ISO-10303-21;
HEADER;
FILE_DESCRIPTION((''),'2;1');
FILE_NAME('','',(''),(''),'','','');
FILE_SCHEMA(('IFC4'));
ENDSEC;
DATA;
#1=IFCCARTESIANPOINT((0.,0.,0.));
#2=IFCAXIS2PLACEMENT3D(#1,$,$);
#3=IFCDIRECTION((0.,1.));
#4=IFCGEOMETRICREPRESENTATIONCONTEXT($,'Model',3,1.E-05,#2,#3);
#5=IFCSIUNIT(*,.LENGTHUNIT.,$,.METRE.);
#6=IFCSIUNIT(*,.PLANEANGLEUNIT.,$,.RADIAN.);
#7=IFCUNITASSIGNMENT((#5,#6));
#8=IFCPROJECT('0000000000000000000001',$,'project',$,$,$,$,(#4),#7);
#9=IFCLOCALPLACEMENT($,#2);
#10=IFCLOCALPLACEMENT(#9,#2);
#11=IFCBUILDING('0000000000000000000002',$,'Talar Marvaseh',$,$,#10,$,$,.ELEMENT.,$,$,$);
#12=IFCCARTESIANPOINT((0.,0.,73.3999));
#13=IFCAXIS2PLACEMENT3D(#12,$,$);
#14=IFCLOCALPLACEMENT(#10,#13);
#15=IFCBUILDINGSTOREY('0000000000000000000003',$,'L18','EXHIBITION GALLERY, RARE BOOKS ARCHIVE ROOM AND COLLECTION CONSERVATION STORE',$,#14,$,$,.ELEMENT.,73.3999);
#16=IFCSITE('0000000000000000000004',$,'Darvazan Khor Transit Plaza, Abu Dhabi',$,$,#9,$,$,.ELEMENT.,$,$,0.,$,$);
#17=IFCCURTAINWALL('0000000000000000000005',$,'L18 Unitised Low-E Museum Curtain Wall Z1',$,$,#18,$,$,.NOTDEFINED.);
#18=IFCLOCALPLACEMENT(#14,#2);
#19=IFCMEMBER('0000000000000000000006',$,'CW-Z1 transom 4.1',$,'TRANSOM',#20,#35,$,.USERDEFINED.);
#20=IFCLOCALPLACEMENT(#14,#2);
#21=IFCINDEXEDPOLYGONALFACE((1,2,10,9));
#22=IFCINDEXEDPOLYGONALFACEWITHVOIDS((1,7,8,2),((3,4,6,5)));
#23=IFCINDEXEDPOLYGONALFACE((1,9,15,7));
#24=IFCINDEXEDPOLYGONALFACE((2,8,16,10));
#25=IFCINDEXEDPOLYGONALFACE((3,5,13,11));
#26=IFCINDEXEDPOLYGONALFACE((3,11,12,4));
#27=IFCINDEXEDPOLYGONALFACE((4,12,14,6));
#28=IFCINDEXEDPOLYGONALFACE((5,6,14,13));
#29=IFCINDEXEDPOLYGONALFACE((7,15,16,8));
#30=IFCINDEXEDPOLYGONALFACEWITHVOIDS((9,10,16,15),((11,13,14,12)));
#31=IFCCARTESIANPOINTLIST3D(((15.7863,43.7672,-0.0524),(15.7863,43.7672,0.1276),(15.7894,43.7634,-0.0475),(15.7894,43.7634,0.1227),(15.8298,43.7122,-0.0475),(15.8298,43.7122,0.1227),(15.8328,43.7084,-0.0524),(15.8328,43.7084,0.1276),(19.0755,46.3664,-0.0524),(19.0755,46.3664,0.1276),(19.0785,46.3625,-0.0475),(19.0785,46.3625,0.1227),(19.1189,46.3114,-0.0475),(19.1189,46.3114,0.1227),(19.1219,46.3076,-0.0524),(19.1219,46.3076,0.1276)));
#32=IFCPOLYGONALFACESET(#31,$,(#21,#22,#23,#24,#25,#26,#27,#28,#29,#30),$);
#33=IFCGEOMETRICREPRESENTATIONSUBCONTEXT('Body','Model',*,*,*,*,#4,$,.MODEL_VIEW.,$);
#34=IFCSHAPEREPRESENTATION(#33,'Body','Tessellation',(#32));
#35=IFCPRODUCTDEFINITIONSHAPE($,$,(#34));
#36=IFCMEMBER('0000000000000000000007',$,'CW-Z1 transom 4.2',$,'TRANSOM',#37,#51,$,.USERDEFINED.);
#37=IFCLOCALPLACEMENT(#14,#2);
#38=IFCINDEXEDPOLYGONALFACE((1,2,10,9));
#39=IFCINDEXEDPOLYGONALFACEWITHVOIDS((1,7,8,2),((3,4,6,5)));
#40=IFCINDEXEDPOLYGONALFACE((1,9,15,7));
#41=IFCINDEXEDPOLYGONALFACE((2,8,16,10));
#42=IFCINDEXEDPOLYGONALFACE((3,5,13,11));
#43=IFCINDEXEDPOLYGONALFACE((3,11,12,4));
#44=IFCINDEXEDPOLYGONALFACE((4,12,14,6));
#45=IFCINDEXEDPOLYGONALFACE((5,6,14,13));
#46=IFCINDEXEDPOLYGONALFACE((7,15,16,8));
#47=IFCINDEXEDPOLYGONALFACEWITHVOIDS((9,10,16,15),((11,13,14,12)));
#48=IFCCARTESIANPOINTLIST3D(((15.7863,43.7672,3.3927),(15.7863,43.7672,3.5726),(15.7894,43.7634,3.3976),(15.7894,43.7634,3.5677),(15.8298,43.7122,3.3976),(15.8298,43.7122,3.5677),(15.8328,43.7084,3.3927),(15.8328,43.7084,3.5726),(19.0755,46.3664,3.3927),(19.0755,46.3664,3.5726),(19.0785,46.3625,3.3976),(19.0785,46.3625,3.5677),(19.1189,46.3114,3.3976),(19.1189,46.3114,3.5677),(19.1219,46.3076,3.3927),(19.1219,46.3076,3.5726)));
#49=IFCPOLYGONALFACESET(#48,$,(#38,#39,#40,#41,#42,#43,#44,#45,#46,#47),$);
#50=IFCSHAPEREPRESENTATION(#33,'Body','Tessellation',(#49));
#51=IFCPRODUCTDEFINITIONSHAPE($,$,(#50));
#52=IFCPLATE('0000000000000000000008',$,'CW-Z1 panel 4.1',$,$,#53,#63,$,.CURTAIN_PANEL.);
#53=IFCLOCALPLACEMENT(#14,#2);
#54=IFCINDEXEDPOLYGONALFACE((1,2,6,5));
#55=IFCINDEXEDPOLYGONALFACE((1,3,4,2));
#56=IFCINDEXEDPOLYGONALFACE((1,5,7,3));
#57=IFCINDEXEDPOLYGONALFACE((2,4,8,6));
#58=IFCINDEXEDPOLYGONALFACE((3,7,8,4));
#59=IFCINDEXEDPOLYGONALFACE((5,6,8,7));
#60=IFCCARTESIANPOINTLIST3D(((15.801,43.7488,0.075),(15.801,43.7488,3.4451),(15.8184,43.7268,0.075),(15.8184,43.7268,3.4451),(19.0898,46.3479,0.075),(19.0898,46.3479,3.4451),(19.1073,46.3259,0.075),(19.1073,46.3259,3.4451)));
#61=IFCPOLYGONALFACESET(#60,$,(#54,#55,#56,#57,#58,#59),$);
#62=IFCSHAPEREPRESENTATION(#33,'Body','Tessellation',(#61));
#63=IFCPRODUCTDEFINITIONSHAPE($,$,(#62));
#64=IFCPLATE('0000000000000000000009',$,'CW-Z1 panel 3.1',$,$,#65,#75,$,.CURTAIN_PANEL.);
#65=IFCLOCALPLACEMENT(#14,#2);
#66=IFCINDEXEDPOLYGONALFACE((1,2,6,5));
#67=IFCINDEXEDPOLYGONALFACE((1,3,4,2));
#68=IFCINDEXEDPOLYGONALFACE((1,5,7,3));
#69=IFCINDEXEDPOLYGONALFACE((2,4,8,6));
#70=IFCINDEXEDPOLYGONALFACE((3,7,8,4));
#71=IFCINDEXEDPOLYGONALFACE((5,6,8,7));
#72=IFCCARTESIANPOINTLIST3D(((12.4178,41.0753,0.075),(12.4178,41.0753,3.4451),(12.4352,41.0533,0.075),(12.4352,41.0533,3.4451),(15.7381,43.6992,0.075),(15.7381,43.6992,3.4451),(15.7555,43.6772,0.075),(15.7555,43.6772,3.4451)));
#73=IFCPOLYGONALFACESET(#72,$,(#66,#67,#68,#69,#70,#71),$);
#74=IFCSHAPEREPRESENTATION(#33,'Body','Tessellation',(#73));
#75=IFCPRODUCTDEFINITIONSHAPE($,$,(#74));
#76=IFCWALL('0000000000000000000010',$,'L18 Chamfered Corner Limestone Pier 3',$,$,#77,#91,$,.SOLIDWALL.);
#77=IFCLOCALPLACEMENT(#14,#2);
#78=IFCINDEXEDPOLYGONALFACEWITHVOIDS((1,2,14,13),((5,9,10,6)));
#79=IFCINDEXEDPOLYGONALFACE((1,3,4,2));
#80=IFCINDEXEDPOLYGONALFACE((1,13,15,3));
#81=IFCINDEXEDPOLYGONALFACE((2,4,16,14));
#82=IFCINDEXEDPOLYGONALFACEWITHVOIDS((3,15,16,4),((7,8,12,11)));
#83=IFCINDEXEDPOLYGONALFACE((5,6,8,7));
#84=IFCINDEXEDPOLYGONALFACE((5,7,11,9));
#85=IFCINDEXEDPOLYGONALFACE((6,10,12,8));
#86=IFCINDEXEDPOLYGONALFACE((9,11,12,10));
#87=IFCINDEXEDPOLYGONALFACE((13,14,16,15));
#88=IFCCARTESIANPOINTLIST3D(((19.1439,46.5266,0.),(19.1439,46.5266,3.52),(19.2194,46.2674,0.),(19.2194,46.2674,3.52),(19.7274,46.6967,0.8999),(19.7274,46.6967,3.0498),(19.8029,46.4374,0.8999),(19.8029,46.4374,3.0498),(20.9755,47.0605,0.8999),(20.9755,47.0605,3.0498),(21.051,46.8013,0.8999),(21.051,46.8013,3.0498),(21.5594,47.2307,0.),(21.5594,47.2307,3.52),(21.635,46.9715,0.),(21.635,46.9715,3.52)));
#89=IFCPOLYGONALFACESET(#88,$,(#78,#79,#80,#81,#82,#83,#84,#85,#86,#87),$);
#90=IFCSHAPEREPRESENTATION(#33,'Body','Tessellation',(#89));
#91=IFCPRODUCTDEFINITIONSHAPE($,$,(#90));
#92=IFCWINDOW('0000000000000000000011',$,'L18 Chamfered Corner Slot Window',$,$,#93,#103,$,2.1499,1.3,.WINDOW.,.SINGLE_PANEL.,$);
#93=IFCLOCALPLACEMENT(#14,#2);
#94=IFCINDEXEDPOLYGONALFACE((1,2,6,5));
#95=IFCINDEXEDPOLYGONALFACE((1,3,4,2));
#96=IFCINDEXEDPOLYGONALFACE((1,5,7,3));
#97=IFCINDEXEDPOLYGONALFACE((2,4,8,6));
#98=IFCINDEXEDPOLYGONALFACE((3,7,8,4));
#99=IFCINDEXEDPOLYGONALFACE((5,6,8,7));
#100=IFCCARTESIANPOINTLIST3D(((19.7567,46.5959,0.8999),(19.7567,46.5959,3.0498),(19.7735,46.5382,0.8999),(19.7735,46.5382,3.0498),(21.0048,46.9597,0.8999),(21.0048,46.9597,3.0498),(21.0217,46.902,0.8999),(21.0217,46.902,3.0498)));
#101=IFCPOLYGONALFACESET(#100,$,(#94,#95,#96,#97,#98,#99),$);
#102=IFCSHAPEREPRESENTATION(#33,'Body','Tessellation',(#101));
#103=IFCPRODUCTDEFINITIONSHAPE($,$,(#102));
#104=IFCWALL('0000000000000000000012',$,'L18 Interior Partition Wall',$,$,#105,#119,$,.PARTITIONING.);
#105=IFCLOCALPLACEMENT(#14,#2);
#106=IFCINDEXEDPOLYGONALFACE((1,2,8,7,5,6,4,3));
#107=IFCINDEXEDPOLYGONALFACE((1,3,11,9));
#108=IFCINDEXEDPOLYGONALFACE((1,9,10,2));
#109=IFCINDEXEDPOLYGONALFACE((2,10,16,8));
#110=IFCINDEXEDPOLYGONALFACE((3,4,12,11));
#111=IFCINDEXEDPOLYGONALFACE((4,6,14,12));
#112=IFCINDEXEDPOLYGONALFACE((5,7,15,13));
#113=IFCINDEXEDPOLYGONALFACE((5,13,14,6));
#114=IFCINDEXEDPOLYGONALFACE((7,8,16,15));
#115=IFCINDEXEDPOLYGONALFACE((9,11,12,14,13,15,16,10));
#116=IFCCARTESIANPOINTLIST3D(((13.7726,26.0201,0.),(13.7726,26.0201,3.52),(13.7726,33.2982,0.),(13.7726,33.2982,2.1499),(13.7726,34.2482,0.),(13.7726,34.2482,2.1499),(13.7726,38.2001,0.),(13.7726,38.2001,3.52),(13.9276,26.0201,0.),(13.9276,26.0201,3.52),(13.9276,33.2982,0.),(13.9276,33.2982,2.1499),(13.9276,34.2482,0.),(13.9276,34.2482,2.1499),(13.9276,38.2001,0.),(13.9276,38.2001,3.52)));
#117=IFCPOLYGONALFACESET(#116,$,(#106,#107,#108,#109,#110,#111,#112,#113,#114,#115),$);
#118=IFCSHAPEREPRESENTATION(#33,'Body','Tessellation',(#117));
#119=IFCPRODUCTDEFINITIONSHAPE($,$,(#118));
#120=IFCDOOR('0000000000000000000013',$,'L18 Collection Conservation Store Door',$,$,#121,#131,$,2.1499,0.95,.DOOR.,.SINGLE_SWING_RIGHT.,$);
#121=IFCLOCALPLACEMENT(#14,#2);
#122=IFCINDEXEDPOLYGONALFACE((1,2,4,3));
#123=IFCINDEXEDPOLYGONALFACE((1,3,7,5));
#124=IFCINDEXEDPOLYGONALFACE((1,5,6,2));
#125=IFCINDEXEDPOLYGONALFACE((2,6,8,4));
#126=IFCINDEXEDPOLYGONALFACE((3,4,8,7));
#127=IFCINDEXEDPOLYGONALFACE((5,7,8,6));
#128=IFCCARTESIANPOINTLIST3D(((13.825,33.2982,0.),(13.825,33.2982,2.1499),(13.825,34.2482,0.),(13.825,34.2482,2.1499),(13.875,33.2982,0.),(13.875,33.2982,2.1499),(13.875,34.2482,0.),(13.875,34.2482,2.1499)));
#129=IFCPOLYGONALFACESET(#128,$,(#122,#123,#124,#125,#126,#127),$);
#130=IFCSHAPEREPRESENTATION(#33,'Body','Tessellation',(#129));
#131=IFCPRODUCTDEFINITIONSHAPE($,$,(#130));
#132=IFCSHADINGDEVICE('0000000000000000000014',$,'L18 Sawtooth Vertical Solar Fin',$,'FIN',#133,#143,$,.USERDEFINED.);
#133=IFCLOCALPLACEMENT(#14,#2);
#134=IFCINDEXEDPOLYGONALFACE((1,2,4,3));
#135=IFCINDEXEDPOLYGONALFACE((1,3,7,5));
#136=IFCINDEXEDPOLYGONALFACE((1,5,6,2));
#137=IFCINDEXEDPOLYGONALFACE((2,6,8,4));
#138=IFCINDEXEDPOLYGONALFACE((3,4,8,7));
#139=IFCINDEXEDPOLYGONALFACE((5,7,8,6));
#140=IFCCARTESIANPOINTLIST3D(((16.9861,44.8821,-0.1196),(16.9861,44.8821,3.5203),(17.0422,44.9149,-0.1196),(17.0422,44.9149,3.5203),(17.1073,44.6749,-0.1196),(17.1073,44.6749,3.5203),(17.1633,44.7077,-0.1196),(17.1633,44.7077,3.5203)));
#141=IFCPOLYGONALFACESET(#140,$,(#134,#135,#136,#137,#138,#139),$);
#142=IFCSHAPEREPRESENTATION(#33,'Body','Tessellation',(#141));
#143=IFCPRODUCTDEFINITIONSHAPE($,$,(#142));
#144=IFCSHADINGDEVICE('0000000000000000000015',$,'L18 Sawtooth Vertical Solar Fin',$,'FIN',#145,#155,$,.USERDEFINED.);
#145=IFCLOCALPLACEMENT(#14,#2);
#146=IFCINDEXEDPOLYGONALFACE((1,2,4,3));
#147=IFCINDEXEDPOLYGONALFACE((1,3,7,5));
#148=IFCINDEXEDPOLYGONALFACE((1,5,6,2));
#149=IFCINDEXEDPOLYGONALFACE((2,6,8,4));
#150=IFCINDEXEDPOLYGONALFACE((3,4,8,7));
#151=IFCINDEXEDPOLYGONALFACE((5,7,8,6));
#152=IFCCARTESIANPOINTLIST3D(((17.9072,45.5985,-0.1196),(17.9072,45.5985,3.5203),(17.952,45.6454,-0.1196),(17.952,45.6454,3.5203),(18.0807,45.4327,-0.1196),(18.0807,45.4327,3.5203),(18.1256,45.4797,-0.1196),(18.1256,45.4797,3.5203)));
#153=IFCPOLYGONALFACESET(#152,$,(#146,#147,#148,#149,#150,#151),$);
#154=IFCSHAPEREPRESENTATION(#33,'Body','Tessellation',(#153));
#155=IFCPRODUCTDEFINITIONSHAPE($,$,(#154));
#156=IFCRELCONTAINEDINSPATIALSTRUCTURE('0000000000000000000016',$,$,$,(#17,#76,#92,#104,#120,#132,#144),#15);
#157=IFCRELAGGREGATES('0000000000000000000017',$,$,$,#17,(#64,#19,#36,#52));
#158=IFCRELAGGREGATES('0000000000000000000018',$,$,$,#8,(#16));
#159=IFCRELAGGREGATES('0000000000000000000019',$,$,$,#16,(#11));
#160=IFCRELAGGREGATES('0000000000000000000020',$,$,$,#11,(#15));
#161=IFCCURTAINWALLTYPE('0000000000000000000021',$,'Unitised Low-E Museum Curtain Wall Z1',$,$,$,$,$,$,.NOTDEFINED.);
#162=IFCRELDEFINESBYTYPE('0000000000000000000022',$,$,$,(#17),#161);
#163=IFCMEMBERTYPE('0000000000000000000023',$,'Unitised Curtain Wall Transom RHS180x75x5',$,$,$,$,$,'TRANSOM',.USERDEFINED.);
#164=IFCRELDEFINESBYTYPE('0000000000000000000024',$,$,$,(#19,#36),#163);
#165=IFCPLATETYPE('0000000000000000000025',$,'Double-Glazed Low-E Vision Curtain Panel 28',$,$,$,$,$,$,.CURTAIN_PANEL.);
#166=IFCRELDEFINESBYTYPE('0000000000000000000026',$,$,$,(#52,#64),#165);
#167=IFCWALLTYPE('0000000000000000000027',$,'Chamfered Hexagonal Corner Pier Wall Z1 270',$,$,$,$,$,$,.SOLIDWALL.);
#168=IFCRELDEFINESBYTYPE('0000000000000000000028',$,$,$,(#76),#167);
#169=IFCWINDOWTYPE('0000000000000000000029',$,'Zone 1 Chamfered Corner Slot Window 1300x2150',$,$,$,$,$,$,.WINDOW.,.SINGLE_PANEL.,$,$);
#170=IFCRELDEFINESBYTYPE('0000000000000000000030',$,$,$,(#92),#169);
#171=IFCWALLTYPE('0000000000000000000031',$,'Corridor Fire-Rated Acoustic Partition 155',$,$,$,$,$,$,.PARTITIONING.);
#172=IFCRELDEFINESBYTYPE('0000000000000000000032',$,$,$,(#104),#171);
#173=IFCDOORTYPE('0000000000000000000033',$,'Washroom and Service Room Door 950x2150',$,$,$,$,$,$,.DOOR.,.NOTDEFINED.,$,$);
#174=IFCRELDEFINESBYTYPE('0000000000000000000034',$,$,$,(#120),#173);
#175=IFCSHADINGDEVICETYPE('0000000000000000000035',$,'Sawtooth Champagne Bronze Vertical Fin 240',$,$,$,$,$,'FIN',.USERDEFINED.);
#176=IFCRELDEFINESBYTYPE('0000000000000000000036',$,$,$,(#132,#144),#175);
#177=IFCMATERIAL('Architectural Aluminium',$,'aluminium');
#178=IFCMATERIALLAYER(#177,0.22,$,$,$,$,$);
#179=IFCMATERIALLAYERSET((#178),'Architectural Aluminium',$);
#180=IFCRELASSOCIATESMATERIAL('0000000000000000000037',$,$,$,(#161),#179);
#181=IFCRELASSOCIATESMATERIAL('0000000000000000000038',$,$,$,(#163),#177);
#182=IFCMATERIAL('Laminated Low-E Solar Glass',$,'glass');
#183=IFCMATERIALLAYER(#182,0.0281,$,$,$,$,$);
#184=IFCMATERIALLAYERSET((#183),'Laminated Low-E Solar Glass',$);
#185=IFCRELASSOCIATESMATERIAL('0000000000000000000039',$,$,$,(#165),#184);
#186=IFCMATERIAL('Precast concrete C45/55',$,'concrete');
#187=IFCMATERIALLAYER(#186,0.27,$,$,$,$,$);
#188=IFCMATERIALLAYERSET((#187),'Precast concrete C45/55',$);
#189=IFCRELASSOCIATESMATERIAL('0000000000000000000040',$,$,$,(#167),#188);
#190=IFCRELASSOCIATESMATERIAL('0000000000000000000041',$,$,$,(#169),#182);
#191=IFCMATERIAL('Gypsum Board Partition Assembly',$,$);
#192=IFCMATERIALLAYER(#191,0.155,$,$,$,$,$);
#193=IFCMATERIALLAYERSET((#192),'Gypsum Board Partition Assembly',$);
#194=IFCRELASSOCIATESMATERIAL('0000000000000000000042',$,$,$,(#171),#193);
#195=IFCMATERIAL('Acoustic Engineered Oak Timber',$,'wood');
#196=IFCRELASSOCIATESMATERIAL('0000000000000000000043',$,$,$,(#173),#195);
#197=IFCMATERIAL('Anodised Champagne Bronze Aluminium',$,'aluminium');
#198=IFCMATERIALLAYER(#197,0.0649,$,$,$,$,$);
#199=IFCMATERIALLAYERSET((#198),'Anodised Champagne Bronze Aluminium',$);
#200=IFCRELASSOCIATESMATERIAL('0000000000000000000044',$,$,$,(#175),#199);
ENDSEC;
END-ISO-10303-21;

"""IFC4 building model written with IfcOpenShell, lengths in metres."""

from ifc_helpers import new_model, si_unit, direction, frame, frame_2d, origin, origin_2d, place, context, subcontext, project, spatial, rectangle, hollow_rectangle, extrude, source, transform, mapped, material, layer, layer_set, material_profile, profile_set, type_object, type_shapes, element, fill, aggregate, save


model = new_model("IFC4")

# Units and contexts
model_context = context("Model", 3, precision=1e-05, world=origin(), true_north=direction((0.0, 1.0)))
body_context = subcontext(model_context, "Body", "Model", "MODEL_VIEW")
ifc_project = project(units=[si_unit("LENGTHUNIT", "METRE"), si_unit("PLANEANGLEUNIT", "RADIAN")], contexts=[model_context])

# Site, building, storey
site_placement = place(None, origin())
site = spatial("IfcSite", under=ifc_project, at=site_placement, Name="Darvazan Khor Transit Plaza, Abu Dhabi", CompositionType="ELEMENT", RefElevation=0.0)
building_placement = place(site_placement, origin())
building = spatial("IfcBuilding", under=site, at=building_placement, Name="Talar Marvaseh", CompositionType="ELEMENT")
storey_placement = place(building_placement, frame((0.0, 0.0, 73.3999)))
storey = spatial("IfcBuildingStorey", under=building, at=storey_placement, Name="L18", Description="EXHIBITION GALLERY, RARE BOOKS ARCHIVE ROOM AND COLLECTION CONSERVATION STORE", CompositionType="ELEMENT", Elevation=73.3999)

# Curtain wall, members, plates
ifc_material_1 = material(Name="Architectural Aluminium", Category="aluminium")
ifc_layer_1 = layer(ifc_material_1, 0.22)
ifc_layer_set_1 = layer_set([ifc_layer_1], Name="Architectural Aluminium")
curtain_wall_type = type_object("IfcCurtainWallType", Name="Unitised Low-E Museum Curtain Wall Z1", PredefinedType="NOTDEFINED", material=ifc_layer_set_1)
curtain_wall_placement = place(storey_placement, origin())
curtain_wall = element("IfcCurtainWall", 1, at=curtain_wall_placement, inside=storey, type_object=curtain_wall_type, Name="L18 Unitised Low-E Museum Curtain Wall Z1", PredefinedType="NOTDEFINED")
ifc_material_profile_1 = material_profile(ifc_material_1, hollow_rectangle(XDim=0.075, YDim=0.1799, WallThickness=0.0049, at=origin_2d()), Name="RHS180x75x5")
ifc_profile_set_1 = profile_set([ifc_material_profile_1], Name="Architectural Aluminium")
member_type_1 = type_object("IfcMemberType", Name="Unitised Curtain Wall Transom RHS180x75x5", ElementType="TRANSOM", PredefinedType="USERDEFINED", material=ifc_profile_set_1)
shared_shape_1 = source(origin(), body_context, "Body", "SweptSolid", [
    extrude(hollow_rectangle(XDim=0.075, YDim=0.1799, WallThickness=0.0049, at=origin_2d()), origin(), (0.0, 0.0, 1.0), 4.1921),
])
type_shapes(member_type_1, [shared_shape_1])
member_1_placement = place(storey_placement, frame((15.8096, 43.7378, 0.0376), z_axis=(0.784593, 0.620011, 0.0), x_axis=(-0.620011, 0.784593, 0.0)))
member_1 = element("IfcMember", 2, at=member_1_placement, type_object=member_type_1, Name="CW-Z1 transom 4.1", ObjectType="TRANSOM", PredefinedType="USERDEFINED", context=body_context, shape_type="MappedRepresentation", body=[
    mapped(shared_shape_1, transform((0.0, 0.0, 0.0), x_axis=(1.0, 0.0, 0.0), y_axis=(0.0, 1.0, 0.0), z_axis=(0.0, 0.0, 1.0), scale=1.0)),
])
member_2_placement = place(storey_placement, frame((15.8096, 43.7378, 3.4827), z_axis=(0.784593, 0.620011, 0.0), x_axis=(-0.620011, 0.784593, 0.0)))
member_2 = element("IfcMember", 3, at=member_2_placement, type_object=member_type_1, Name="CW-Z1 transom 4.2", ObjectType="TRANSOM", PredefinedType="USERDEFINED", context=body_context, shape_type="MappedRepresentation", body=[
    mapped(shared_shape_1, transform((0.0, 0.0, 0.0), x_axis=(1.0, 0.0, 0.0), y_axis=(0.0, 1.0, 0.0), z_axis=(0.0, 0.0, 1.0), scale=1.0)),
])
ifc_material_2 = material(Name="Laminated Low-E Solar Glass", Category="glass")
ifc_layer_2 = layer(ifc_material_2, 0.0281)
ifc_layer_set_2 = layer_set([ifc_layer_2], Name="Laminated Low-E Solar Glass")
plate_type = type_object("IfcPlateType", Name="Double-Glazed Low-E Vision Curtain Panel 28", PredefinedType="CURTAIN_PANEL", material=ifc_layer_set_2)
shared_shape_2 = source(origin(), body_context, "Body", "SweptSolid", [
    extrude(rectangle(XDim=4.1919, YDim=0.0281, at=origin_2d()), origin(), (0.0, 0.0, 1.0), 3.3701),
])
plate_1_placement = place(storey_placement, frame((17.4541, 45.0374, 0.075), z_axis=(0.0, 0.0, 1.0), x_axis=(0.784584, 0.620022, 0.0)))
plate_1 = element("IfcPlate", 4, at=plate_1_placement, type_object=plate_type, Name="CW-Z1 panel 4.1", PredefinedType="CURTAIN_PANEL", context=body_context, shape_type="MappedRepresentation", body=[
    mapped(shared_shape_2, transform((0.0, 0.0, 0.0), x_axis=(1.0, 0.0, 0.0), y_axis=(0.0, 1.0, 0.0), z_axis=(0.0, 0.0, 1.0), scale=1.0)),
])
shared_shape_3 = source(origin(), body_context, "Body", "SweptSolid", [
    extrude(rectangle(XDim=4.2319, YDim=0.0281, at=origin_2d()), origin(), (0.0, 0.0, 1.0), 3.3701),
])
type_shapes(plate_type, [shared_shape_2, shared_shape_3])
plate_2_placement = place(storey_placement, frame((14.0867, 42.3762, 0.075), z_axis=(0.0, 0.0, 1.0), x_axis=(0.784584, 0.620022, 0.0)))
plate_2 = element("IfcPlate", 5, at=plate_2_placement, type_object=plate_type, Name="CW-Z1 panel 3.1", PredefinedType="CURTAIN_PANEL", context=body_context, shape_type="MappedRepresentation", body=[
    mapped(shared_shape_3, transform((0.0, 0.0, 0.0), x_axis=(1.0, 0.0, 0.0), y_axis=(0.0, 1.0, 0.0), z_axis=(0.0, 0.0, 1.0), scale=1.0)),
])
aggregate(curtain_wall, [plate_2, member_1, member_2, plate_1])

# Wall, opening, window
ifc_material_3 = material(Name="Precast concrete C45/55", Category="concrete")
ifc_layer_3 = layer(ifc_material_3, 0.27)
ifc_layer_set_3 = layer_set([ifc_layer_3], Name="Precast concrete C45/55")
wall_type_1 = type_object("IfcWallType", Name="Chamfered Hexagonal Corner Pier Wall Z1 270", PredefinedType="SOLIDWALL", material=ifc_layer_set_3)
wall_1_placement = place(storey_placement, frame((19.1816, 46.397, 0.0), z_axis=(0.0, 0.0, 1.0), x_axis=(0.960046, 0.279844, 0.0)))
wall_1 = element("IfcWall", 6, at=wall_1_placement, inside=storey, type_object=wall_type_1, Name="L18 Chamfered Corner Limestone Pier 3", PredefinedType="SOLIDWALL", context=body_context, shape_type="SweptSolid", body=[
    extrude(rectangle(XDim=2.5161, YDim=0.27, at=frame_2d((1.2581, 0.0))), origin(), (0.0, 0.0, 1.0), 3.52),
])
opening_1_placement = place(wall_1_placement, frame((0.6079, 0.0, 0.8999)))
opening_1 = element("IfcOpeningElement", 7, at=opening_1_placement, cuts=wall_1, PredefinedType="OPENING", context=body_context, shape_type="SweptSolid", body=[
    extrude(rectangle(XDim=1.3, YDim=2.1499, at=frame_2d((0.6499, 1.075))), frame((0.0, 0.145, 0.0), z_axis=(0.0, -1.0, 0.0), x_axis=(1.0, 0.0, 0.0)), (0.0, 0.0, 1.0), 0.29),
])
window_type = type_object("IfcWindowType", Name="Zone 1 Chamfered Corner Slot Window 1300x2150", PartitioningType="SINGLE_PANEL", PredefinedType="WINDOW", material=ifc_material_2)
shared_shape_4 = source(origin(), body_context, "Body", "SweptSolid", [
    extrude(rectangle(XDim=1.3, YDim=2.1499, at=frame_2d((0.6499, 1.075))), frame((0.0, 0.03, 0.0), z_axis=(0.0, -1.0, 0.0), x_axis=(1.0, 0.0, 0.0)), (0.0, 0.0, 1.0), 0.0601),
])
type_shapes(window_type, [shared_shape_4])
window_placement = place(opening_1_placement, origin())
window = element("IfcWindow", 8, at=window_placement, inside=storey, type_object=window_type, Name="L18 Chamfered Corner Slot Window", OverallHeight=2.1499, OverallWidth=1.3, PartitioningType="SINGLE_PANEL", PredefinedType="WINDOW", context=body_context, shape_type="MappedRepresentation", body=[
    mapped(shared_shape_4, transform((0.0, 0.0, 0.0), x_axis=(1.0, 0.0, 0.0), y_axis=(0.0, 1.0, 0.0), z_axis=(0.0, 0.0, 1.0), scale=1.0)),
])
fill(opening_1, window)

# Wall, opening, door
ifc_material_4 = material(Name="Gypsum Board Partition Assembly")
ifc_layer_4 = layer(ifc_material_4, 0.155)
ifc_layer_set_4 = layer_set([ifc_layer_4], Name="Gypsum Board Partition Assembly")
wall_type_2 = type_object("IfcWallType", Name="Corridor Fire-Rated Acoustic Partition 155", PredefinedType="PARTITIONING", material=ifc_layer_set_4)
wall_2_placement = place(storey_placement, frame((13.8501, 38.2, 0.0), z_axis=(0.0, 0.0, 1.0), x_axis=(0.0, -1.0, 0.0)))
wall_2 = element("IfcWall", 9, at=wall_2_placement, inside=storey, type_object=wall_type_2, Name="L18 Interior Partition Wall", PredefinedType="PARTITIONING", context=body_context, shape_type="SweptSolid", body=[
    extrude(rectangle(XDim=12.1799, YDim=0.155, at=frame_2d((6.0898, 0.0))), origin(), (0.0, 0.0, 1.0), 3.52),
])
opening_2_placement = place(wall_2_placement, frame((3.9517, 0.0, 0.0)))
opening_2 = element("IfcOpeningElement", 10, at=opening_2_placement, cuts=wall_2, PredefinedType="OPENING", context=body_context, shape_type="SweptSolid", body=[
    extrude(rectangle(XDim=0.95, YDim=2.1499, at=frame_2d((0.4751, 1.075))), frame((0.0, 0.0874, 0.0), z_axis=(0.0, -1.0, 0.0), x_axis=(1.0, 0.0, 0.0)), (0.0, 0.0, 1.0), 0.175),
])
ifc_material_5 = material(Name="Acoustic Engineered Oak Timber", Category="wood")
door_type = type_object("IfcDoorType", Name="Washroom and Service Room Door 950x2150", OperationType="NOTDEFINED", PredefinedType="DOOR", material=ifc_material_5)
shared_shape_5 = source(origin(), body_context, "Body", "SweptSolid", [
    extrude(rectangle(XDim=0.95, YDim=2.1499, at=frame_2d((0.4751, 1.075))), frame((0.0, 0.0249, 0.0), z_axis=(0.0, -1.0, 0.0), x_axis=(1.0, 0.0, 0.0)), (0.0, 0.0, 1.0), 0.05),
])
type_shapes(door_type, [shared_shape_5])
door_placement = place(opening_2_placement, origin())
door = element("IfcDoor", 11, at=door_placement, inside=storey, type_object=door_type, Name="L18 Collection Conservation Store Door", OperationType="SINGLE_SWING_RIGHT", OverallHeight=2.1499, OverallWidth=0.95, PredefinedType="DOOR", context=body_context, shape_type="MappedRepresentation", body=[
    mapped(shared_shape_5, transform((0.0, 0.0, 0.0), x_axis=(1.0, 0.0, 0.0), y_axis=(0.0, 1.0, 0.0), z_axis=(0.0, 0.0, 1.0), scale=1.0)),
])
fill(opening_2, door)

# Shading devices
ifc_material_6 = material(Name="Anodised Champagne Bronze Aluminium", Category="aluminium")
ifc_layer_5 = layer(ifc_material_6, 0.0649)
ifc_layer_set_5 = layer_set([ifc_layer_5], Name="Anodised Champagne Bronze Aluminium")
shading_device_type_1 = type_object("IfcShadingDeviceType", Name="Sawtooth Champagne Bronze Vertical Fin 240", ElementType="FIN", PredefinedType="USERDEFINED", material=ifc_layer_set_5)
shared_shape_6 = source(origin(), body_context, "Body", "SweptSolid", [
    extrude(rectangle(XDim=0.24, YDim=0.0649, at=origin_2d()), origin(), (0.0, 0.0, 1.0), 3.6399),
])
type_shapes(shading_device_type_1, [shared_shape_6])
for number, where, z_axis, x_axis, name in (
    (12, (17.0747, 44.7949, -0.1196), (0.0, 0.0, 1.0), (-0.504829, 0.863219, 0.0), "L18 Sawtooth Vertical Solar Fin"),
    (13, (18.0164, 45.5391, -0.1196), (0.0, 0.0, 1.0), (-0.723208, 0.69063, 0.0), "L18 Sawtooth Vertical Solar Fin"),
):
    element("IfcShadingDevice", number, at=place(storey_placement, frame(where, z_axis=z_axis, x_axis=x_axis)), inside=storey, type_object=shading_device_type_1, Name=name, ObjectType="FIN", PredefinedType="USERDEFINED", context=body_context, shape_type="MappedRepresentation", body=[
        mapped(shared_shape_6, transform((0.0, 0.0, 0.0), x_axis=(1.0, 0.0, 0.0), y_axis=(0.0, 1.0, 0.0), z_axis=(0.0, 0.0, 1.0), scale=1.0)),
    ])

save(model, "model.ifc")
